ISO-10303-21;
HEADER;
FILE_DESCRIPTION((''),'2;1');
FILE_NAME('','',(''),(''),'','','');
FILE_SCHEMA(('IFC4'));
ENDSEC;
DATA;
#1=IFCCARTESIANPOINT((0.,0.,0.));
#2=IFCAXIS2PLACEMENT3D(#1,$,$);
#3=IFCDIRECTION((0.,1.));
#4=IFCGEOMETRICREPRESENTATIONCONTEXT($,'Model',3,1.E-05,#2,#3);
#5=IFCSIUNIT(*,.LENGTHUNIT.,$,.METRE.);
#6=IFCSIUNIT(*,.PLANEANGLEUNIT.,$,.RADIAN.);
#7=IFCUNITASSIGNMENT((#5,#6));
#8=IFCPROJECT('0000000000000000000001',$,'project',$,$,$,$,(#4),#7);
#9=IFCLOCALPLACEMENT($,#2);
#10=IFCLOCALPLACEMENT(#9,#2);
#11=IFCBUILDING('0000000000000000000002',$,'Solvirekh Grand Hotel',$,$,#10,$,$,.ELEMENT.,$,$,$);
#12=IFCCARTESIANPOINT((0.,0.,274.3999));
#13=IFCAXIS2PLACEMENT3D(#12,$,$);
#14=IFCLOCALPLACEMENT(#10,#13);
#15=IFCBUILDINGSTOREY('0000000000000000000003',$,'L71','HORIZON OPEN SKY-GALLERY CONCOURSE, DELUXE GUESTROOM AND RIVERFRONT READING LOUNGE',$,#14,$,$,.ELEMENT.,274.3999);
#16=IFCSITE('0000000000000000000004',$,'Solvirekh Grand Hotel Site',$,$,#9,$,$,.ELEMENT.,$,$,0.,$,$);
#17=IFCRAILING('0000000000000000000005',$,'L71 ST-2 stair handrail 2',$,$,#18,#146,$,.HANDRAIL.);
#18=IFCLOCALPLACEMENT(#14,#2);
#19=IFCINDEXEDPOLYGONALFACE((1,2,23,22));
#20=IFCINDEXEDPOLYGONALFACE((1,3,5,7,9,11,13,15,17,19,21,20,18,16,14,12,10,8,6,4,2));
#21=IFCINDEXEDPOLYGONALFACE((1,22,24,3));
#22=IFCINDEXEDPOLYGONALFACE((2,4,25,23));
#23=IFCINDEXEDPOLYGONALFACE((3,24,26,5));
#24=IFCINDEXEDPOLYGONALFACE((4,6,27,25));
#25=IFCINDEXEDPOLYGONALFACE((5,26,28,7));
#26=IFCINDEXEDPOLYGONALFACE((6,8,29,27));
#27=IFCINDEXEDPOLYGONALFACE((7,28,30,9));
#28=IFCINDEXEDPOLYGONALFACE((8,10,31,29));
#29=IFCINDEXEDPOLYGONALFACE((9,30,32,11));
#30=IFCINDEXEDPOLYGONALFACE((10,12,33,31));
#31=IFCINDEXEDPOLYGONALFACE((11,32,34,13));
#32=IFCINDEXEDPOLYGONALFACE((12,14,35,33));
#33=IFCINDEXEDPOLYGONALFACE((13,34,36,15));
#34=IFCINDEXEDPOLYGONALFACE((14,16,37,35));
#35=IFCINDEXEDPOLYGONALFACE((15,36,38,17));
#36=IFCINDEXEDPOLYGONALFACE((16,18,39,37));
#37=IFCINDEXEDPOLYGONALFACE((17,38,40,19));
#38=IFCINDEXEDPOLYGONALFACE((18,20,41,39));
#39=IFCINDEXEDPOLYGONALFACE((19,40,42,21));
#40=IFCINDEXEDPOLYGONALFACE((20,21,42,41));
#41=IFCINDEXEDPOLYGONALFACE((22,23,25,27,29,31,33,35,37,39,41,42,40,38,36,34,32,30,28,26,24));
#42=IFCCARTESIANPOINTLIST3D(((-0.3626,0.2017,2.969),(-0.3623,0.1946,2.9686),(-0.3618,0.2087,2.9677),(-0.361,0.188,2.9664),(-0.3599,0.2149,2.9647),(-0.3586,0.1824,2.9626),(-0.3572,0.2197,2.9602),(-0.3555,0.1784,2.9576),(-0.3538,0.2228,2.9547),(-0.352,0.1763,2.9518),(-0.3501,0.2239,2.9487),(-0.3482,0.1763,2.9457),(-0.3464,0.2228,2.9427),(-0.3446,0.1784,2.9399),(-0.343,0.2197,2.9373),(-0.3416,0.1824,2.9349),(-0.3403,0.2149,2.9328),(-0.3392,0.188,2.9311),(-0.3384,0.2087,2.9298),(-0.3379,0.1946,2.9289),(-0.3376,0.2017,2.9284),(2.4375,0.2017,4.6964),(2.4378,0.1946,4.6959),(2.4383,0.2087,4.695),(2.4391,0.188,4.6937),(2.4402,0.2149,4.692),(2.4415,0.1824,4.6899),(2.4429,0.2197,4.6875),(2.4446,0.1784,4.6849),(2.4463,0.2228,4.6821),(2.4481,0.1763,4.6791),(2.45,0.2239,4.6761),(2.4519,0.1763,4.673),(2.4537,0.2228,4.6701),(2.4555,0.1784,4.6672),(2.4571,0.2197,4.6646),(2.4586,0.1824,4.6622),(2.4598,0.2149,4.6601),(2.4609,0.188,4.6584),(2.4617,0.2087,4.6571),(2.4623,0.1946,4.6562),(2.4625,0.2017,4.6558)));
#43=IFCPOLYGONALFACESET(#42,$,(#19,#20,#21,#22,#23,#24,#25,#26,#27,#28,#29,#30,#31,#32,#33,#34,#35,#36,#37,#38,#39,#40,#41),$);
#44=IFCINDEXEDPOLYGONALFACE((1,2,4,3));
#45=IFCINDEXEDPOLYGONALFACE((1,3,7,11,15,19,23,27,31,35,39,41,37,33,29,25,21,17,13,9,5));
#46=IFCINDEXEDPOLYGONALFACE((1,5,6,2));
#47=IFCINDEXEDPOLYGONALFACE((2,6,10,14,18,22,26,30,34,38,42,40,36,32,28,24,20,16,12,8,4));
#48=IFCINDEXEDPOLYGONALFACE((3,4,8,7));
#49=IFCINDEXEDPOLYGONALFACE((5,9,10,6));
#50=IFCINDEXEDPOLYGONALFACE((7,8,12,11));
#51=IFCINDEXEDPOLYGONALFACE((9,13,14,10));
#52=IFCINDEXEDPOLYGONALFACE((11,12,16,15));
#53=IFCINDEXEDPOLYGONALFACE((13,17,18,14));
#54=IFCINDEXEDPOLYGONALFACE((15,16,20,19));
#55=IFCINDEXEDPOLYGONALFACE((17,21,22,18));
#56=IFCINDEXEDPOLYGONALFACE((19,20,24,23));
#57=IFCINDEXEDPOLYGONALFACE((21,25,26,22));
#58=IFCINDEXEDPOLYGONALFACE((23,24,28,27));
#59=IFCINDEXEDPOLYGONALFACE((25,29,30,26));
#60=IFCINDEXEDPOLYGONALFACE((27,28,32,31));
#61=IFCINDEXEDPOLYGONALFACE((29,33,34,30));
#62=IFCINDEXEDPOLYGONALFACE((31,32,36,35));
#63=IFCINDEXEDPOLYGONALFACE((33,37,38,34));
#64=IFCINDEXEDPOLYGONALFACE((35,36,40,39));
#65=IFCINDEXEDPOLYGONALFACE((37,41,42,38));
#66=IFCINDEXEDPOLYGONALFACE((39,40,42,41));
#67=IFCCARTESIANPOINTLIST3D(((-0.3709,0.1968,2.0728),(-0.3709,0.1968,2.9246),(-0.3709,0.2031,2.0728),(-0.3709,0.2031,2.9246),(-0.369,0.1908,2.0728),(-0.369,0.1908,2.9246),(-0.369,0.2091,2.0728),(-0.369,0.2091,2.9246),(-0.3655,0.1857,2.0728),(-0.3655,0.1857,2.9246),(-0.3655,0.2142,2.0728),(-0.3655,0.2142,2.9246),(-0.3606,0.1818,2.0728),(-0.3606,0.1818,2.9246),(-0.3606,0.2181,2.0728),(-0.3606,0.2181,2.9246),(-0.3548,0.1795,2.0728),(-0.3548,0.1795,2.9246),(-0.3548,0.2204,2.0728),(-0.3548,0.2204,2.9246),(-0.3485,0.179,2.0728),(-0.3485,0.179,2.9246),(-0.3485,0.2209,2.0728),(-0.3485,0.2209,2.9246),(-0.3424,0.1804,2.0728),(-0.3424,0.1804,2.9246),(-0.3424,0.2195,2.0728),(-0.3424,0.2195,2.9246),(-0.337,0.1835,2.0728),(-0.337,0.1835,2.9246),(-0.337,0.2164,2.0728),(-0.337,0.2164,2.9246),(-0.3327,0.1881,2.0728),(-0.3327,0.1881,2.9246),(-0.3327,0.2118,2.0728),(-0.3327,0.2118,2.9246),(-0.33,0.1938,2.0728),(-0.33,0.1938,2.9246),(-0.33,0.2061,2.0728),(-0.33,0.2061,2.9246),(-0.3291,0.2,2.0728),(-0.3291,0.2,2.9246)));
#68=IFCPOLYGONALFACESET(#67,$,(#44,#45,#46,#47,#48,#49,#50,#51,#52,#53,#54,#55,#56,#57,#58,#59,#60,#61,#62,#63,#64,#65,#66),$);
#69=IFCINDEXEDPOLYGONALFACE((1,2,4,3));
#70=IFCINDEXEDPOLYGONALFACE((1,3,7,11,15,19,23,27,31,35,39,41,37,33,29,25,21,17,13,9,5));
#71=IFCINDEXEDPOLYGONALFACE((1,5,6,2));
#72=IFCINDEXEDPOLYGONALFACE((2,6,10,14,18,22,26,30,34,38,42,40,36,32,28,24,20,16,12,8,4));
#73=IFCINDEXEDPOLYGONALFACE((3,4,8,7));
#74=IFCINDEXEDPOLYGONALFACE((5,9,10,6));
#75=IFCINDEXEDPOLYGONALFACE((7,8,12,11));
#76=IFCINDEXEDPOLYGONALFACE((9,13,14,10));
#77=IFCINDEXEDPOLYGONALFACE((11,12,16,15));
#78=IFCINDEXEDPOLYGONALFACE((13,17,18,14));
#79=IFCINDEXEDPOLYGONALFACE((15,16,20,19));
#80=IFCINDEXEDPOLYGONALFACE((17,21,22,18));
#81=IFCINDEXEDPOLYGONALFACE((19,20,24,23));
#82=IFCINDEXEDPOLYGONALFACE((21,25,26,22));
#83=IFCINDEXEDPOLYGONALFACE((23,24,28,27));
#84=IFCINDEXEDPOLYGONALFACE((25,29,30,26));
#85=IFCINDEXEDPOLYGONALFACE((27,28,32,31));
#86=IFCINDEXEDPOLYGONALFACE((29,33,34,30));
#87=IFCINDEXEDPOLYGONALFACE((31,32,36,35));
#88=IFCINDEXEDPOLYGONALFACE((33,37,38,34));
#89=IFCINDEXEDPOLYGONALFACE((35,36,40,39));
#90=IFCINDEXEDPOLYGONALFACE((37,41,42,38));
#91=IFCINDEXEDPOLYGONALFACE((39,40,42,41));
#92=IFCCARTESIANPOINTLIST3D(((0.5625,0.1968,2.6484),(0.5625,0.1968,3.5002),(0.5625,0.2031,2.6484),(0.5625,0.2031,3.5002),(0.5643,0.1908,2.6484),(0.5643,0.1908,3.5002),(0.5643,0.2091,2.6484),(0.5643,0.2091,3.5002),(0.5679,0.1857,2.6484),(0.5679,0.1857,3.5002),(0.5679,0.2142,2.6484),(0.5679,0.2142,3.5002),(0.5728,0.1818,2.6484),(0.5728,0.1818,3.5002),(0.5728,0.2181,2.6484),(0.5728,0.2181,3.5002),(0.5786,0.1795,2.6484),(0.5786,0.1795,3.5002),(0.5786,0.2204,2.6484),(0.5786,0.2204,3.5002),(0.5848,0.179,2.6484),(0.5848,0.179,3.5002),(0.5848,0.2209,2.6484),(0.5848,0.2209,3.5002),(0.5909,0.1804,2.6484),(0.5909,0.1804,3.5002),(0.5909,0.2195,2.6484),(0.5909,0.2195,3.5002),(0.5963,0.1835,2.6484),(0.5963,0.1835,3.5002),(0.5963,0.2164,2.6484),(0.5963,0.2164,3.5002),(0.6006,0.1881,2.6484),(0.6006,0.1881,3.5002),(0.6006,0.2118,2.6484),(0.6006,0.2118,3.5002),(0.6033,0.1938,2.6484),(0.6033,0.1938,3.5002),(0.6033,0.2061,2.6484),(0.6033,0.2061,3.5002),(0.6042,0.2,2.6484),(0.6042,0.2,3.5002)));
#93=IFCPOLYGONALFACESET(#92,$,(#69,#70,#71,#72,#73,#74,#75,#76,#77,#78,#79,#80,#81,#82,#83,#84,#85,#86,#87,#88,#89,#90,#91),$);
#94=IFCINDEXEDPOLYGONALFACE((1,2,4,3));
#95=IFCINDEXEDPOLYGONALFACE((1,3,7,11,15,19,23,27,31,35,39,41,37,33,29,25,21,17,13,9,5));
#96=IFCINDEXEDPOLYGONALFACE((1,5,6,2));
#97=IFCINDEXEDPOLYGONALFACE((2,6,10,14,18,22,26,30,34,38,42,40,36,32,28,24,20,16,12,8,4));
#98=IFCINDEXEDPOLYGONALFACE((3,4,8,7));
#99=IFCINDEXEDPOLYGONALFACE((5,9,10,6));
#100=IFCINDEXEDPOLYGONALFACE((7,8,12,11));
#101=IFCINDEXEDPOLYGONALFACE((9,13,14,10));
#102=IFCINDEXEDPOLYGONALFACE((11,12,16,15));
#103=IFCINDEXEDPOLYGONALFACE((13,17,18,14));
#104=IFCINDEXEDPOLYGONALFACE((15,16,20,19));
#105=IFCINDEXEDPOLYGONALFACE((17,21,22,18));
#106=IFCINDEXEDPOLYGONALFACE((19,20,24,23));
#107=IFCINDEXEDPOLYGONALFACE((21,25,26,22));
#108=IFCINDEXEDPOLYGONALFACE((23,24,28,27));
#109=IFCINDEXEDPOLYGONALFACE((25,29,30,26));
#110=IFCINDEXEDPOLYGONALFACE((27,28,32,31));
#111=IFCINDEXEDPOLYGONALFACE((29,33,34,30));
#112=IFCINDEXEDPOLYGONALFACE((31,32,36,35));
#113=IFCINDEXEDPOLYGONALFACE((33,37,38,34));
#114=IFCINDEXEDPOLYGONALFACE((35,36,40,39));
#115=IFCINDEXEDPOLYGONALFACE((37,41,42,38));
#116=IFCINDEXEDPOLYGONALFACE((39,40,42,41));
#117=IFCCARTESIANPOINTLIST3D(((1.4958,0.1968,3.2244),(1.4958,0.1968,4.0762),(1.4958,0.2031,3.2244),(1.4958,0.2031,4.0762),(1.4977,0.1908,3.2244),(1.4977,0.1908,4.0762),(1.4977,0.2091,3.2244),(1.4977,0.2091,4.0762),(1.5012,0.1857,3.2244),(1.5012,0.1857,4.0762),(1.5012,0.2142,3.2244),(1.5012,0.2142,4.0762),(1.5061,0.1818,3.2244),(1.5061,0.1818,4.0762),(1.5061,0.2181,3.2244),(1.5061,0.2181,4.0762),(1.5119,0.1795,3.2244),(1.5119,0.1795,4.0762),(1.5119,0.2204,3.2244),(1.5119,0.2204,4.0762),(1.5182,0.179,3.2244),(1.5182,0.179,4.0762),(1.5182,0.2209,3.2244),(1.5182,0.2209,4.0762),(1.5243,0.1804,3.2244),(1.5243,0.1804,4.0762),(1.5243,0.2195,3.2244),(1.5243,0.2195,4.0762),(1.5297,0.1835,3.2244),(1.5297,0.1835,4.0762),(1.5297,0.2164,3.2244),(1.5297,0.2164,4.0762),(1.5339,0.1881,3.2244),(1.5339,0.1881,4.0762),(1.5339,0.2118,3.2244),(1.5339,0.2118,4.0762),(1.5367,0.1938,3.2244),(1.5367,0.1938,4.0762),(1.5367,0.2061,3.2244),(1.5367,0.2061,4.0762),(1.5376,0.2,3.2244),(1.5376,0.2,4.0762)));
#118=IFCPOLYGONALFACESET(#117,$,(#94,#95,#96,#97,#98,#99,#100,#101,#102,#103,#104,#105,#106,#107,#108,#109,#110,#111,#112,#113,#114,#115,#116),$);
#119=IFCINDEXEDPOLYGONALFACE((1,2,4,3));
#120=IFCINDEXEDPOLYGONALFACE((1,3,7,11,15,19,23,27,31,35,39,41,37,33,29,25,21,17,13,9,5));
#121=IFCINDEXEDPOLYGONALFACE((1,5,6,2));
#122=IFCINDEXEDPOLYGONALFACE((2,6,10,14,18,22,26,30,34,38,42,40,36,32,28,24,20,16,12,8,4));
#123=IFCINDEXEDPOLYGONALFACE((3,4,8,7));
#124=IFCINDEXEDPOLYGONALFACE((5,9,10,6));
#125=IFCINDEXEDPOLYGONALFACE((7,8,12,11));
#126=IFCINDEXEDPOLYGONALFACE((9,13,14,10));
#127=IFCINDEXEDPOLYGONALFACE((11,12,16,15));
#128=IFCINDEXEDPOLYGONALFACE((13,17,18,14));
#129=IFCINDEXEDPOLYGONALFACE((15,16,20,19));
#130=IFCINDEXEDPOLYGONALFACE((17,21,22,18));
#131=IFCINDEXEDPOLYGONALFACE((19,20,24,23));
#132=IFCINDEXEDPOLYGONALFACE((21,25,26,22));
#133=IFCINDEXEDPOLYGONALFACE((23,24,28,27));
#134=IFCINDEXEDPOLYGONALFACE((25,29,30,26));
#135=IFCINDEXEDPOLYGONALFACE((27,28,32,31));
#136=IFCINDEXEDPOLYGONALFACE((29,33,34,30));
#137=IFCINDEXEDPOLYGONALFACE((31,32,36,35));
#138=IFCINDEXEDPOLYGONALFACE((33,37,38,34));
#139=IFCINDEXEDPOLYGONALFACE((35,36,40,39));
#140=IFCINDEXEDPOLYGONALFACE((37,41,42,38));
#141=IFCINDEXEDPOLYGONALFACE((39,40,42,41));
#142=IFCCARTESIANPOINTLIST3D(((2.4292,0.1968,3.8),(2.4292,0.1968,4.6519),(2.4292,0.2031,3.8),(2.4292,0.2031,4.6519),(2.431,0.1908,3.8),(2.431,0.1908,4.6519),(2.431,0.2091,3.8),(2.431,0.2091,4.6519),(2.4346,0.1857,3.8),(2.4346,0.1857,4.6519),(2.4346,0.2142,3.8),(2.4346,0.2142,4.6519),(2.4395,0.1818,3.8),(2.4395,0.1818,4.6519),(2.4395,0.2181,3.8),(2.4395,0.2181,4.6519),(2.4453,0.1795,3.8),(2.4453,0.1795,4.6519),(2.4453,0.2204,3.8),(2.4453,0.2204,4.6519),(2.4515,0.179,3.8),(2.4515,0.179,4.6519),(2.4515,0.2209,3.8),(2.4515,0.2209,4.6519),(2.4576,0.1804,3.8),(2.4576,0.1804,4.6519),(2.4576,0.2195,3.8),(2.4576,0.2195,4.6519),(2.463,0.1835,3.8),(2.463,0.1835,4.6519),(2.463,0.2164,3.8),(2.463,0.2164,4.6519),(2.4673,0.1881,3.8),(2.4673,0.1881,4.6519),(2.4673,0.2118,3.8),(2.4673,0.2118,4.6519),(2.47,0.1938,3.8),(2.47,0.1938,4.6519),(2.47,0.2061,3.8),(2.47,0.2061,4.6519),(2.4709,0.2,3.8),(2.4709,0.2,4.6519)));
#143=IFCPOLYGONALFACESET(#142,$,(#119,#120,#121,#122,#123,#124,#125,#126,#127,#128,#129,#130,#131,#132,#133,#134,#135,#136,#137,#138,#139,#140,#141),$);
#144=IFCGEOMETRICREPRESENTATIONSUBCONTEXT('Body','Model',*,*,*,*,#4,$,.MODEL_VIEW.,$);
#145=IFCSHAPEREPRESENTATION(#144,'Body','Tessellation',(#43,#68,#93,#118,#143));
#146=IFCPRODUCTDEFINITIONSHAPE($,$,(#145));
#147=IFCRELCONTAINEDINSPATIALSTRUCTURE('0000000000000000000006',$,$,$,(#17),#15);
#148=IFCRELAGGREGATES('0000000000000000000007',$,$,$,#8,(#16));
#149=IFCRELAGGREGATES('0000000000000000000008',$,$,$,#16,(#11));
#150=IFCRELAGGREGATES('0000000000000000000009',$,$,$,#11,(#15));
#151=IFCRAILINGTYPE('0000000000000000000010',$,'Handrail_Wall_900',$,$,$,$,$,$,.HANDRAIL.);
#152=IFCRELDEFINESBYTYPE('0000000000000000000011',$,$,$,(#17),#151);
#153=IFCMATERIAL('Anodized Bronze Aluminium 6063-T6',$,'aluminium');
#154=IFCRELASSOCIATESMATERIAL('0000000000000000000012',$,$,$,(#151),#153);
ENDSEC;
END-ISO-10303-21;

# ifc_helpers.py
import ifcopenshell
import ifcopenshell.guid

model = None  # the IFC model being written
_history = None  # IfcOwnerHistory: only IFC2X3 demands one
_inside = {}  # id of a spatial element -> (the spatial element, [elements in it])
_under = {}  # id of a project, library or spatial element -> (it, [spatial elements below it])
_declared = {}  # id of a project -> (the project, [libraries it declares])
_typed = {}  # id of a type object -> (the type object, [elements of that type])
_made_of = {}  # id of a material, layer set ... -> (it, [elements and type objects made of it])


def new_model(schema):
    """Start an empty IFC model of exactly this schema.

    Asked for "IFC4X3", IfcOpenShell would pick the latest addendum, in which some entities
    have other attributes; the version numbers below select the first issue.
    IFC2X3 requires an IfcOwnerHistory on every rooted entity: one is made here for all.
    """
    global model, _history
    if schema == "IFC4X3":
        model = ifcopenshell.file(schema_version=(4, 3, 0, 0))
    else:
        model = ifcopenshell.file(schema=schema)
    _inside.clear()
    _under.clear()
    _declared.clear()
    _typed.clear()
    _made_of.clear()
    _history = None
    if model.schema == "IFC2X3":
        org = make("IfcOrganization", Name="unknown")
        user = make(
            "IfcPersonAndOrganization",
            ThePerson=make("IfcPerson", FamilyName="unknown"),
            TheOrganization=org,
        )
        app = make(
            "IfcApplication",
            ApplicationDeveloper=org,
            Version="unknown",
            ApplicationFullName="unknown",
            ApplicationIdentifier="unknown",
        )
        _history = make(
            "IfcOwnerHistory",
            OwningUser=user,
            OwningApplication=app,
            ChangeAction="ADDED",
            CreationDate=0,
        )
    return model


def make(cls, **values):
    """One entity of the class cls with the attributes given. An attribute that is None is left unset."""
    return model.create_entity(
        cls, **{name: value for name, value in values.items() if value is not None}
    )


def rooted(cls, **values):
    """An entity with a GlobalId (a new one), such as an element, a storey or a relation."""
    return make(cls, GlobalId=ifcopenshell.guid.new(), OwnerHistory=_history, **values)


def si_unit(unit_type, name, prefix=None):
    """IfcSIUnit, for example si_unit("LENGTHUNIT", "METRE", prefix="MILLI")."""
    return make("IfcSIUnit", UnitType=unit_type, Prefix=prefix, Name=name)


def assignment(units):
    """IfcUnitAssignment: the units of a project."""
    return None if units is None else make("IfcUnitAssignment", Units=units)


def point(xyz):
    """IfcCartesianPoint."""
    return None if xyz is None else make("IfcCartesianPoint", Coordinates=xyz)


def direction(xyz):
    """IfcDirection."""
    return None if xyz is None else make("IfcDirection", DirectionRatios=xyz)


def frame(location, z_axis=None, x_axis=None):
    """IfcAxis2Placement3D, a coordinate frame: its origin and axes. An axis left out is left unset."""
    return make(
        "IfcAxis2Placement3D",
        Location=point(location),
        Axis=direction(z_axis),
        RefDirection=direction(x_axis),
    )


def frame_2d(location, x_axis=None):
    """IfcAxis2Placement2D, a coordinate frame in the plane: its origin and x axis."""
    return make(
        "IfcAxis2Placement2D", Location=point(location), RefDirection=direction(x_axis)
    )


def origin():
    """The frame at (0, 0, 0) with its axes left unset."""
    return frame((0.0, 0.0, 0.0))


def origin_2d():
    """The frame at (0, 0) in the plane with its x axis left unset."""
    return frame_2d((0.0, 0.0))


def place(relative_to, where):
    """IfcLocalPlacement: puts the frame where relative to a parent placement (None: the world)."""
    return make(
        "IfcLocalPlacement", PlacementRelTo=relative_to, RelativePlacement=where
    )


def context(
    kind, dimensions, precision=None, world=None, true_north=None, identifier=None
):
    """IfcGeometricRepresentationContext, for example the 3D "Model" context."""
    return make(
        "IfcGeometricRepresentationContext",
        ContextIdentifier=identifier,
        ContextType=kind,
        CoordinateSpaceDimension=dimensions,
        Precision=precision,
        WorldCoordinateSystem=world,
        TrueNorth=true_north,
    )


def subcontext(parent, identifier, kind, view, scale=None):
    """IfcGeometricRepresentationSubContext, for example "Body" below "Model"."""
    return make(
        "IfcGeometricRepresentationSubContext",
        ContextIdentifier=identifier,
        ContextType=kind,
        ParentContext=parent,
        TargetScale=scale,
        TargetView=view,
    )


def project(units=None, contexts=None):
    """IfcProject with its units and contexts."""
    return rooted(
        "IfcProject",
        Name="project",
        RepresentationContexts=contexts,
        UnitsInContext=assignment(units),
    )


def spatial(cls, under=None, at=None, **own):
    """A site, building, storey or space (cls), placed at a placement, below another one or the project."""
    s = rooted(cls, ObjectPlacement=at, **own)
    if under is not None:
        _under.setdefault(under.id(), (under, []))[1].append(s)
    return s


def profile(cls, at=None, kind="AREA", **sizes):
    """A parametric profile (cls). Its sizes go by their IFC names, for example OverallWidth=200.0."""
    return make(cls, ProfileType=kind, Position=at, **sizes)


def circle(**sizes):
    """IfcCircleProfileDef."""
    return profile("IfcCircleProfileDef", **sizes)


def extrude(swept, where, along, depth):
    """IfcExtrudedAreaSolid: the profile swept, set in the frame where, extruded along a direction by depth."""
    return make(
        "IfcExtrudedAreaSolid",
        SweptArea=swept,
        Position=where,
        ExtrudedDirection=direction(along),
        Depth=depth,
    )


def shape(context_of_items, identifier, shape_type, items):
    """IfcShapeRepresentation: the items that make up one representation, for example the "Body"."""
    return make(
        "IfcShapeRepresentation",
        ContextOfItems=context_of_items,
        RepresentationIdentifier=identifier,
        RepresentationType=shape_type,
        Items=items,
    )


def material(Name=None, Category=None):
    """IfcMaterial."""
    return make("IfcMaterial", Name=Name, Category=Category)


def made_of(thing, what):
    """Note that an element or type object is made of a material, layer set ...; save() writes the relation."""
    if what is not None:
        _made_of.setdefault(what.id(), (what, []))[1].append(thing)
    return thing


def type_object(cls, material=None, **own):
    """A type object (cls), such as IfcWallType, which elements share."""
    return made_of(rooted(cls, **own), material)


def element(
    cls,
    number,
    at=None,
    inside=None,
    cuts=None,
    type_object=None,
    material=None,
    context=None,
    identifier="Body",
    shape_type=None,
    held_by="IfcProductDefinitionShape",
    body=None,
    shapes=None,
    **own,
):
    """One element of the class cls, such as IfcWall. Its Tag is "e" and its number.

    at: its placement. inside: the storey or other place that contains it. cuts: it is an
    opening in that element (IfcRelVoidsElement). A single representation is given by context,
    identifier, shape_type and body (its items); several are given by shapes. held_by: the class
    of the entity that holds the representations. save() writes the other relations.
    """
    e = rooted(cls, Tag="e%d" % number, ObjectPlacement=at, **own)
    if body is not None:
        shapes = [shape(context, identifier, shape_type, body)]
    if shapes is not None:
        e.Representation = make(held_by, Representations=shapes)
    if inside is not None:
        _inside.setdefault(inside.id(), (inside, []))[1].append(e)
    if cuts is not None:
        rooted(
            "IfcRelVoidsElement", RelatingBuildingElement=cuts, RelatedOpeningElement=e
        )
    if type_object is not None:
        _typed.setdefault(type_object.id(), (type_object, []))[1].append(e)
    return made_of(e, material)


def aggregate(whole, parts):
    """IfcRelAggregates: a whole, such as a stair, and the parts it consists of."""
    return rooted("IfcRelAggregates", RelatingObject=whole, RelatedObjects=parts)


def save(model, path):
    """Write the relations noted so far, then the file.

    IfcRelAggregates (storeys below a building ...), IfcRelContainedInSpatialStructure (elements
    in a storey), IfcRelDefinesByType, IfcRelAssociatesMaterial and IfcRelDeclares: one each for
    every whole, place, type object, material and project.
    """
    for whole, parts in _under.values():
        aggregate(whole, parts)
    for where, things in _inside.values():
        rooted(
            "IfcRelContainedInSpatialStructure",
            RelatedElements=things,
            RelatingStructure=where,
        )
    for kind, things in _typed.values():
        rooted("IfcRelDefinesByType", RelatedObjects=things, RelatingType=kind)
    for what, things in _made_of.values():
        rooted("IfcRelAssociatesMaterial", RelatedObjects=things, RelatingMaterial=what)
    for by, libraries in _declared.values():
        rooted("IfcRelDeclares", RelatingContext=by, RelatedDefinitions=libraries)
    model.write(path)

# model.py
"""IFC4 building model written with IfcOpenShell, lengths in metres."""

from ifc_helpers import new_model, si_unit, direction, frame, origin, origin_2d, place, context, subcontext, project, spatial, circle, extrude, material, type_object, element, save


model = new_model("IFC4")

# Units and contexts
model_context = context("Model", 3, precision=1e-05, world=origin(), true_north=direction((0.0, 1.0)))
body_context = subcontext(model_context, "Body", "Model", "MODEL_VIEW")
ifc_project = project(units=[si_unit("LENGTHUNIT", "METRE"), si_unit("PLANEANGLEUNIT", "RADIAN")], contexts=[model_context])

# Site, building, storey
site_placement = place(None, origin())
site = spatial("IfcSite", under=ifc_project, at=site_placement, Name="Solvirekh Grand Hotel Site", CompositionType="ELEMENT", RefElevation=0.0)
building_placement = place(site_placement, origin())
building = spatial("IfcBuilding", under=site, at=building_placement, Name="Solvirekh Grand Hotel", CompositionType="ELEMENT")
storey_placement = place(building_placement, frame((0.0, 0.0, 274.3999)))
storey = spatial("IfcBuildingStorey", under=building, at=storey_placement, Name="L71", Description="HORIZON OPEN SKY-GALLERY CONCOURSE, DELUXE GUESTROOM AND RIVERFRONT READING LOUNGE", CompositionType="ELEMENT", Elevation=274.3999)

# Shared definitions
ifc_material_1 = material(Name="Anodized Bronze Aluminium 6063-T6", Category="aluminium")

# Railing
railing_type_1 = type_object("IfcRailingType", Name="Handrail_Wall_900", PredefinedType="HANDRAIL", material=ifc_material_1)
railing_1_placement = place(storey_placement, frame((-0.3501, 0.2, 2.0728)))
element("IfcRailing", 1, at=railing_1_placement, inside=storey, type_object=railing_type_1, Name="L71 ST-2 stair handrail 2", PredefinedType="HANDRAIL", context=body_context, shape_type="SweptSolid", body=[
    extrude(circle(Radius=0.0239, at=origin_2d()), frame((0.0, 0.0, 0.876), z_axis=(0.85109, 0.0, 0.52502), x_axis=(0.0, 1.0, 0.0)), (0.0, 0.0, 1.0), 3.29),
    extrude(circle(Radius=0.021, at=origin_2d()), origin(), (0.0, 0.0, 1.0), 0.8518),
    extrude(circle(Radius=0.021, at=origin_2d()), frame((0.9333, 0.0, 0.5757)), (0.0, 0.0, 1.0), 0.8518),
    extrude(circle(Radius=0.021, at=origin_2d()), frame((1.8667, 0.0, 1.1516)), (0.0, 0.0, 1.0), 0.8518),
    extrude(circle(Radius=0.021, at=origin_2d()), frame((2.8, 0.0, 1.7273)), (0.0, 0.0, 1.0), 0.8518),
])

save(model, "model.ifc")
